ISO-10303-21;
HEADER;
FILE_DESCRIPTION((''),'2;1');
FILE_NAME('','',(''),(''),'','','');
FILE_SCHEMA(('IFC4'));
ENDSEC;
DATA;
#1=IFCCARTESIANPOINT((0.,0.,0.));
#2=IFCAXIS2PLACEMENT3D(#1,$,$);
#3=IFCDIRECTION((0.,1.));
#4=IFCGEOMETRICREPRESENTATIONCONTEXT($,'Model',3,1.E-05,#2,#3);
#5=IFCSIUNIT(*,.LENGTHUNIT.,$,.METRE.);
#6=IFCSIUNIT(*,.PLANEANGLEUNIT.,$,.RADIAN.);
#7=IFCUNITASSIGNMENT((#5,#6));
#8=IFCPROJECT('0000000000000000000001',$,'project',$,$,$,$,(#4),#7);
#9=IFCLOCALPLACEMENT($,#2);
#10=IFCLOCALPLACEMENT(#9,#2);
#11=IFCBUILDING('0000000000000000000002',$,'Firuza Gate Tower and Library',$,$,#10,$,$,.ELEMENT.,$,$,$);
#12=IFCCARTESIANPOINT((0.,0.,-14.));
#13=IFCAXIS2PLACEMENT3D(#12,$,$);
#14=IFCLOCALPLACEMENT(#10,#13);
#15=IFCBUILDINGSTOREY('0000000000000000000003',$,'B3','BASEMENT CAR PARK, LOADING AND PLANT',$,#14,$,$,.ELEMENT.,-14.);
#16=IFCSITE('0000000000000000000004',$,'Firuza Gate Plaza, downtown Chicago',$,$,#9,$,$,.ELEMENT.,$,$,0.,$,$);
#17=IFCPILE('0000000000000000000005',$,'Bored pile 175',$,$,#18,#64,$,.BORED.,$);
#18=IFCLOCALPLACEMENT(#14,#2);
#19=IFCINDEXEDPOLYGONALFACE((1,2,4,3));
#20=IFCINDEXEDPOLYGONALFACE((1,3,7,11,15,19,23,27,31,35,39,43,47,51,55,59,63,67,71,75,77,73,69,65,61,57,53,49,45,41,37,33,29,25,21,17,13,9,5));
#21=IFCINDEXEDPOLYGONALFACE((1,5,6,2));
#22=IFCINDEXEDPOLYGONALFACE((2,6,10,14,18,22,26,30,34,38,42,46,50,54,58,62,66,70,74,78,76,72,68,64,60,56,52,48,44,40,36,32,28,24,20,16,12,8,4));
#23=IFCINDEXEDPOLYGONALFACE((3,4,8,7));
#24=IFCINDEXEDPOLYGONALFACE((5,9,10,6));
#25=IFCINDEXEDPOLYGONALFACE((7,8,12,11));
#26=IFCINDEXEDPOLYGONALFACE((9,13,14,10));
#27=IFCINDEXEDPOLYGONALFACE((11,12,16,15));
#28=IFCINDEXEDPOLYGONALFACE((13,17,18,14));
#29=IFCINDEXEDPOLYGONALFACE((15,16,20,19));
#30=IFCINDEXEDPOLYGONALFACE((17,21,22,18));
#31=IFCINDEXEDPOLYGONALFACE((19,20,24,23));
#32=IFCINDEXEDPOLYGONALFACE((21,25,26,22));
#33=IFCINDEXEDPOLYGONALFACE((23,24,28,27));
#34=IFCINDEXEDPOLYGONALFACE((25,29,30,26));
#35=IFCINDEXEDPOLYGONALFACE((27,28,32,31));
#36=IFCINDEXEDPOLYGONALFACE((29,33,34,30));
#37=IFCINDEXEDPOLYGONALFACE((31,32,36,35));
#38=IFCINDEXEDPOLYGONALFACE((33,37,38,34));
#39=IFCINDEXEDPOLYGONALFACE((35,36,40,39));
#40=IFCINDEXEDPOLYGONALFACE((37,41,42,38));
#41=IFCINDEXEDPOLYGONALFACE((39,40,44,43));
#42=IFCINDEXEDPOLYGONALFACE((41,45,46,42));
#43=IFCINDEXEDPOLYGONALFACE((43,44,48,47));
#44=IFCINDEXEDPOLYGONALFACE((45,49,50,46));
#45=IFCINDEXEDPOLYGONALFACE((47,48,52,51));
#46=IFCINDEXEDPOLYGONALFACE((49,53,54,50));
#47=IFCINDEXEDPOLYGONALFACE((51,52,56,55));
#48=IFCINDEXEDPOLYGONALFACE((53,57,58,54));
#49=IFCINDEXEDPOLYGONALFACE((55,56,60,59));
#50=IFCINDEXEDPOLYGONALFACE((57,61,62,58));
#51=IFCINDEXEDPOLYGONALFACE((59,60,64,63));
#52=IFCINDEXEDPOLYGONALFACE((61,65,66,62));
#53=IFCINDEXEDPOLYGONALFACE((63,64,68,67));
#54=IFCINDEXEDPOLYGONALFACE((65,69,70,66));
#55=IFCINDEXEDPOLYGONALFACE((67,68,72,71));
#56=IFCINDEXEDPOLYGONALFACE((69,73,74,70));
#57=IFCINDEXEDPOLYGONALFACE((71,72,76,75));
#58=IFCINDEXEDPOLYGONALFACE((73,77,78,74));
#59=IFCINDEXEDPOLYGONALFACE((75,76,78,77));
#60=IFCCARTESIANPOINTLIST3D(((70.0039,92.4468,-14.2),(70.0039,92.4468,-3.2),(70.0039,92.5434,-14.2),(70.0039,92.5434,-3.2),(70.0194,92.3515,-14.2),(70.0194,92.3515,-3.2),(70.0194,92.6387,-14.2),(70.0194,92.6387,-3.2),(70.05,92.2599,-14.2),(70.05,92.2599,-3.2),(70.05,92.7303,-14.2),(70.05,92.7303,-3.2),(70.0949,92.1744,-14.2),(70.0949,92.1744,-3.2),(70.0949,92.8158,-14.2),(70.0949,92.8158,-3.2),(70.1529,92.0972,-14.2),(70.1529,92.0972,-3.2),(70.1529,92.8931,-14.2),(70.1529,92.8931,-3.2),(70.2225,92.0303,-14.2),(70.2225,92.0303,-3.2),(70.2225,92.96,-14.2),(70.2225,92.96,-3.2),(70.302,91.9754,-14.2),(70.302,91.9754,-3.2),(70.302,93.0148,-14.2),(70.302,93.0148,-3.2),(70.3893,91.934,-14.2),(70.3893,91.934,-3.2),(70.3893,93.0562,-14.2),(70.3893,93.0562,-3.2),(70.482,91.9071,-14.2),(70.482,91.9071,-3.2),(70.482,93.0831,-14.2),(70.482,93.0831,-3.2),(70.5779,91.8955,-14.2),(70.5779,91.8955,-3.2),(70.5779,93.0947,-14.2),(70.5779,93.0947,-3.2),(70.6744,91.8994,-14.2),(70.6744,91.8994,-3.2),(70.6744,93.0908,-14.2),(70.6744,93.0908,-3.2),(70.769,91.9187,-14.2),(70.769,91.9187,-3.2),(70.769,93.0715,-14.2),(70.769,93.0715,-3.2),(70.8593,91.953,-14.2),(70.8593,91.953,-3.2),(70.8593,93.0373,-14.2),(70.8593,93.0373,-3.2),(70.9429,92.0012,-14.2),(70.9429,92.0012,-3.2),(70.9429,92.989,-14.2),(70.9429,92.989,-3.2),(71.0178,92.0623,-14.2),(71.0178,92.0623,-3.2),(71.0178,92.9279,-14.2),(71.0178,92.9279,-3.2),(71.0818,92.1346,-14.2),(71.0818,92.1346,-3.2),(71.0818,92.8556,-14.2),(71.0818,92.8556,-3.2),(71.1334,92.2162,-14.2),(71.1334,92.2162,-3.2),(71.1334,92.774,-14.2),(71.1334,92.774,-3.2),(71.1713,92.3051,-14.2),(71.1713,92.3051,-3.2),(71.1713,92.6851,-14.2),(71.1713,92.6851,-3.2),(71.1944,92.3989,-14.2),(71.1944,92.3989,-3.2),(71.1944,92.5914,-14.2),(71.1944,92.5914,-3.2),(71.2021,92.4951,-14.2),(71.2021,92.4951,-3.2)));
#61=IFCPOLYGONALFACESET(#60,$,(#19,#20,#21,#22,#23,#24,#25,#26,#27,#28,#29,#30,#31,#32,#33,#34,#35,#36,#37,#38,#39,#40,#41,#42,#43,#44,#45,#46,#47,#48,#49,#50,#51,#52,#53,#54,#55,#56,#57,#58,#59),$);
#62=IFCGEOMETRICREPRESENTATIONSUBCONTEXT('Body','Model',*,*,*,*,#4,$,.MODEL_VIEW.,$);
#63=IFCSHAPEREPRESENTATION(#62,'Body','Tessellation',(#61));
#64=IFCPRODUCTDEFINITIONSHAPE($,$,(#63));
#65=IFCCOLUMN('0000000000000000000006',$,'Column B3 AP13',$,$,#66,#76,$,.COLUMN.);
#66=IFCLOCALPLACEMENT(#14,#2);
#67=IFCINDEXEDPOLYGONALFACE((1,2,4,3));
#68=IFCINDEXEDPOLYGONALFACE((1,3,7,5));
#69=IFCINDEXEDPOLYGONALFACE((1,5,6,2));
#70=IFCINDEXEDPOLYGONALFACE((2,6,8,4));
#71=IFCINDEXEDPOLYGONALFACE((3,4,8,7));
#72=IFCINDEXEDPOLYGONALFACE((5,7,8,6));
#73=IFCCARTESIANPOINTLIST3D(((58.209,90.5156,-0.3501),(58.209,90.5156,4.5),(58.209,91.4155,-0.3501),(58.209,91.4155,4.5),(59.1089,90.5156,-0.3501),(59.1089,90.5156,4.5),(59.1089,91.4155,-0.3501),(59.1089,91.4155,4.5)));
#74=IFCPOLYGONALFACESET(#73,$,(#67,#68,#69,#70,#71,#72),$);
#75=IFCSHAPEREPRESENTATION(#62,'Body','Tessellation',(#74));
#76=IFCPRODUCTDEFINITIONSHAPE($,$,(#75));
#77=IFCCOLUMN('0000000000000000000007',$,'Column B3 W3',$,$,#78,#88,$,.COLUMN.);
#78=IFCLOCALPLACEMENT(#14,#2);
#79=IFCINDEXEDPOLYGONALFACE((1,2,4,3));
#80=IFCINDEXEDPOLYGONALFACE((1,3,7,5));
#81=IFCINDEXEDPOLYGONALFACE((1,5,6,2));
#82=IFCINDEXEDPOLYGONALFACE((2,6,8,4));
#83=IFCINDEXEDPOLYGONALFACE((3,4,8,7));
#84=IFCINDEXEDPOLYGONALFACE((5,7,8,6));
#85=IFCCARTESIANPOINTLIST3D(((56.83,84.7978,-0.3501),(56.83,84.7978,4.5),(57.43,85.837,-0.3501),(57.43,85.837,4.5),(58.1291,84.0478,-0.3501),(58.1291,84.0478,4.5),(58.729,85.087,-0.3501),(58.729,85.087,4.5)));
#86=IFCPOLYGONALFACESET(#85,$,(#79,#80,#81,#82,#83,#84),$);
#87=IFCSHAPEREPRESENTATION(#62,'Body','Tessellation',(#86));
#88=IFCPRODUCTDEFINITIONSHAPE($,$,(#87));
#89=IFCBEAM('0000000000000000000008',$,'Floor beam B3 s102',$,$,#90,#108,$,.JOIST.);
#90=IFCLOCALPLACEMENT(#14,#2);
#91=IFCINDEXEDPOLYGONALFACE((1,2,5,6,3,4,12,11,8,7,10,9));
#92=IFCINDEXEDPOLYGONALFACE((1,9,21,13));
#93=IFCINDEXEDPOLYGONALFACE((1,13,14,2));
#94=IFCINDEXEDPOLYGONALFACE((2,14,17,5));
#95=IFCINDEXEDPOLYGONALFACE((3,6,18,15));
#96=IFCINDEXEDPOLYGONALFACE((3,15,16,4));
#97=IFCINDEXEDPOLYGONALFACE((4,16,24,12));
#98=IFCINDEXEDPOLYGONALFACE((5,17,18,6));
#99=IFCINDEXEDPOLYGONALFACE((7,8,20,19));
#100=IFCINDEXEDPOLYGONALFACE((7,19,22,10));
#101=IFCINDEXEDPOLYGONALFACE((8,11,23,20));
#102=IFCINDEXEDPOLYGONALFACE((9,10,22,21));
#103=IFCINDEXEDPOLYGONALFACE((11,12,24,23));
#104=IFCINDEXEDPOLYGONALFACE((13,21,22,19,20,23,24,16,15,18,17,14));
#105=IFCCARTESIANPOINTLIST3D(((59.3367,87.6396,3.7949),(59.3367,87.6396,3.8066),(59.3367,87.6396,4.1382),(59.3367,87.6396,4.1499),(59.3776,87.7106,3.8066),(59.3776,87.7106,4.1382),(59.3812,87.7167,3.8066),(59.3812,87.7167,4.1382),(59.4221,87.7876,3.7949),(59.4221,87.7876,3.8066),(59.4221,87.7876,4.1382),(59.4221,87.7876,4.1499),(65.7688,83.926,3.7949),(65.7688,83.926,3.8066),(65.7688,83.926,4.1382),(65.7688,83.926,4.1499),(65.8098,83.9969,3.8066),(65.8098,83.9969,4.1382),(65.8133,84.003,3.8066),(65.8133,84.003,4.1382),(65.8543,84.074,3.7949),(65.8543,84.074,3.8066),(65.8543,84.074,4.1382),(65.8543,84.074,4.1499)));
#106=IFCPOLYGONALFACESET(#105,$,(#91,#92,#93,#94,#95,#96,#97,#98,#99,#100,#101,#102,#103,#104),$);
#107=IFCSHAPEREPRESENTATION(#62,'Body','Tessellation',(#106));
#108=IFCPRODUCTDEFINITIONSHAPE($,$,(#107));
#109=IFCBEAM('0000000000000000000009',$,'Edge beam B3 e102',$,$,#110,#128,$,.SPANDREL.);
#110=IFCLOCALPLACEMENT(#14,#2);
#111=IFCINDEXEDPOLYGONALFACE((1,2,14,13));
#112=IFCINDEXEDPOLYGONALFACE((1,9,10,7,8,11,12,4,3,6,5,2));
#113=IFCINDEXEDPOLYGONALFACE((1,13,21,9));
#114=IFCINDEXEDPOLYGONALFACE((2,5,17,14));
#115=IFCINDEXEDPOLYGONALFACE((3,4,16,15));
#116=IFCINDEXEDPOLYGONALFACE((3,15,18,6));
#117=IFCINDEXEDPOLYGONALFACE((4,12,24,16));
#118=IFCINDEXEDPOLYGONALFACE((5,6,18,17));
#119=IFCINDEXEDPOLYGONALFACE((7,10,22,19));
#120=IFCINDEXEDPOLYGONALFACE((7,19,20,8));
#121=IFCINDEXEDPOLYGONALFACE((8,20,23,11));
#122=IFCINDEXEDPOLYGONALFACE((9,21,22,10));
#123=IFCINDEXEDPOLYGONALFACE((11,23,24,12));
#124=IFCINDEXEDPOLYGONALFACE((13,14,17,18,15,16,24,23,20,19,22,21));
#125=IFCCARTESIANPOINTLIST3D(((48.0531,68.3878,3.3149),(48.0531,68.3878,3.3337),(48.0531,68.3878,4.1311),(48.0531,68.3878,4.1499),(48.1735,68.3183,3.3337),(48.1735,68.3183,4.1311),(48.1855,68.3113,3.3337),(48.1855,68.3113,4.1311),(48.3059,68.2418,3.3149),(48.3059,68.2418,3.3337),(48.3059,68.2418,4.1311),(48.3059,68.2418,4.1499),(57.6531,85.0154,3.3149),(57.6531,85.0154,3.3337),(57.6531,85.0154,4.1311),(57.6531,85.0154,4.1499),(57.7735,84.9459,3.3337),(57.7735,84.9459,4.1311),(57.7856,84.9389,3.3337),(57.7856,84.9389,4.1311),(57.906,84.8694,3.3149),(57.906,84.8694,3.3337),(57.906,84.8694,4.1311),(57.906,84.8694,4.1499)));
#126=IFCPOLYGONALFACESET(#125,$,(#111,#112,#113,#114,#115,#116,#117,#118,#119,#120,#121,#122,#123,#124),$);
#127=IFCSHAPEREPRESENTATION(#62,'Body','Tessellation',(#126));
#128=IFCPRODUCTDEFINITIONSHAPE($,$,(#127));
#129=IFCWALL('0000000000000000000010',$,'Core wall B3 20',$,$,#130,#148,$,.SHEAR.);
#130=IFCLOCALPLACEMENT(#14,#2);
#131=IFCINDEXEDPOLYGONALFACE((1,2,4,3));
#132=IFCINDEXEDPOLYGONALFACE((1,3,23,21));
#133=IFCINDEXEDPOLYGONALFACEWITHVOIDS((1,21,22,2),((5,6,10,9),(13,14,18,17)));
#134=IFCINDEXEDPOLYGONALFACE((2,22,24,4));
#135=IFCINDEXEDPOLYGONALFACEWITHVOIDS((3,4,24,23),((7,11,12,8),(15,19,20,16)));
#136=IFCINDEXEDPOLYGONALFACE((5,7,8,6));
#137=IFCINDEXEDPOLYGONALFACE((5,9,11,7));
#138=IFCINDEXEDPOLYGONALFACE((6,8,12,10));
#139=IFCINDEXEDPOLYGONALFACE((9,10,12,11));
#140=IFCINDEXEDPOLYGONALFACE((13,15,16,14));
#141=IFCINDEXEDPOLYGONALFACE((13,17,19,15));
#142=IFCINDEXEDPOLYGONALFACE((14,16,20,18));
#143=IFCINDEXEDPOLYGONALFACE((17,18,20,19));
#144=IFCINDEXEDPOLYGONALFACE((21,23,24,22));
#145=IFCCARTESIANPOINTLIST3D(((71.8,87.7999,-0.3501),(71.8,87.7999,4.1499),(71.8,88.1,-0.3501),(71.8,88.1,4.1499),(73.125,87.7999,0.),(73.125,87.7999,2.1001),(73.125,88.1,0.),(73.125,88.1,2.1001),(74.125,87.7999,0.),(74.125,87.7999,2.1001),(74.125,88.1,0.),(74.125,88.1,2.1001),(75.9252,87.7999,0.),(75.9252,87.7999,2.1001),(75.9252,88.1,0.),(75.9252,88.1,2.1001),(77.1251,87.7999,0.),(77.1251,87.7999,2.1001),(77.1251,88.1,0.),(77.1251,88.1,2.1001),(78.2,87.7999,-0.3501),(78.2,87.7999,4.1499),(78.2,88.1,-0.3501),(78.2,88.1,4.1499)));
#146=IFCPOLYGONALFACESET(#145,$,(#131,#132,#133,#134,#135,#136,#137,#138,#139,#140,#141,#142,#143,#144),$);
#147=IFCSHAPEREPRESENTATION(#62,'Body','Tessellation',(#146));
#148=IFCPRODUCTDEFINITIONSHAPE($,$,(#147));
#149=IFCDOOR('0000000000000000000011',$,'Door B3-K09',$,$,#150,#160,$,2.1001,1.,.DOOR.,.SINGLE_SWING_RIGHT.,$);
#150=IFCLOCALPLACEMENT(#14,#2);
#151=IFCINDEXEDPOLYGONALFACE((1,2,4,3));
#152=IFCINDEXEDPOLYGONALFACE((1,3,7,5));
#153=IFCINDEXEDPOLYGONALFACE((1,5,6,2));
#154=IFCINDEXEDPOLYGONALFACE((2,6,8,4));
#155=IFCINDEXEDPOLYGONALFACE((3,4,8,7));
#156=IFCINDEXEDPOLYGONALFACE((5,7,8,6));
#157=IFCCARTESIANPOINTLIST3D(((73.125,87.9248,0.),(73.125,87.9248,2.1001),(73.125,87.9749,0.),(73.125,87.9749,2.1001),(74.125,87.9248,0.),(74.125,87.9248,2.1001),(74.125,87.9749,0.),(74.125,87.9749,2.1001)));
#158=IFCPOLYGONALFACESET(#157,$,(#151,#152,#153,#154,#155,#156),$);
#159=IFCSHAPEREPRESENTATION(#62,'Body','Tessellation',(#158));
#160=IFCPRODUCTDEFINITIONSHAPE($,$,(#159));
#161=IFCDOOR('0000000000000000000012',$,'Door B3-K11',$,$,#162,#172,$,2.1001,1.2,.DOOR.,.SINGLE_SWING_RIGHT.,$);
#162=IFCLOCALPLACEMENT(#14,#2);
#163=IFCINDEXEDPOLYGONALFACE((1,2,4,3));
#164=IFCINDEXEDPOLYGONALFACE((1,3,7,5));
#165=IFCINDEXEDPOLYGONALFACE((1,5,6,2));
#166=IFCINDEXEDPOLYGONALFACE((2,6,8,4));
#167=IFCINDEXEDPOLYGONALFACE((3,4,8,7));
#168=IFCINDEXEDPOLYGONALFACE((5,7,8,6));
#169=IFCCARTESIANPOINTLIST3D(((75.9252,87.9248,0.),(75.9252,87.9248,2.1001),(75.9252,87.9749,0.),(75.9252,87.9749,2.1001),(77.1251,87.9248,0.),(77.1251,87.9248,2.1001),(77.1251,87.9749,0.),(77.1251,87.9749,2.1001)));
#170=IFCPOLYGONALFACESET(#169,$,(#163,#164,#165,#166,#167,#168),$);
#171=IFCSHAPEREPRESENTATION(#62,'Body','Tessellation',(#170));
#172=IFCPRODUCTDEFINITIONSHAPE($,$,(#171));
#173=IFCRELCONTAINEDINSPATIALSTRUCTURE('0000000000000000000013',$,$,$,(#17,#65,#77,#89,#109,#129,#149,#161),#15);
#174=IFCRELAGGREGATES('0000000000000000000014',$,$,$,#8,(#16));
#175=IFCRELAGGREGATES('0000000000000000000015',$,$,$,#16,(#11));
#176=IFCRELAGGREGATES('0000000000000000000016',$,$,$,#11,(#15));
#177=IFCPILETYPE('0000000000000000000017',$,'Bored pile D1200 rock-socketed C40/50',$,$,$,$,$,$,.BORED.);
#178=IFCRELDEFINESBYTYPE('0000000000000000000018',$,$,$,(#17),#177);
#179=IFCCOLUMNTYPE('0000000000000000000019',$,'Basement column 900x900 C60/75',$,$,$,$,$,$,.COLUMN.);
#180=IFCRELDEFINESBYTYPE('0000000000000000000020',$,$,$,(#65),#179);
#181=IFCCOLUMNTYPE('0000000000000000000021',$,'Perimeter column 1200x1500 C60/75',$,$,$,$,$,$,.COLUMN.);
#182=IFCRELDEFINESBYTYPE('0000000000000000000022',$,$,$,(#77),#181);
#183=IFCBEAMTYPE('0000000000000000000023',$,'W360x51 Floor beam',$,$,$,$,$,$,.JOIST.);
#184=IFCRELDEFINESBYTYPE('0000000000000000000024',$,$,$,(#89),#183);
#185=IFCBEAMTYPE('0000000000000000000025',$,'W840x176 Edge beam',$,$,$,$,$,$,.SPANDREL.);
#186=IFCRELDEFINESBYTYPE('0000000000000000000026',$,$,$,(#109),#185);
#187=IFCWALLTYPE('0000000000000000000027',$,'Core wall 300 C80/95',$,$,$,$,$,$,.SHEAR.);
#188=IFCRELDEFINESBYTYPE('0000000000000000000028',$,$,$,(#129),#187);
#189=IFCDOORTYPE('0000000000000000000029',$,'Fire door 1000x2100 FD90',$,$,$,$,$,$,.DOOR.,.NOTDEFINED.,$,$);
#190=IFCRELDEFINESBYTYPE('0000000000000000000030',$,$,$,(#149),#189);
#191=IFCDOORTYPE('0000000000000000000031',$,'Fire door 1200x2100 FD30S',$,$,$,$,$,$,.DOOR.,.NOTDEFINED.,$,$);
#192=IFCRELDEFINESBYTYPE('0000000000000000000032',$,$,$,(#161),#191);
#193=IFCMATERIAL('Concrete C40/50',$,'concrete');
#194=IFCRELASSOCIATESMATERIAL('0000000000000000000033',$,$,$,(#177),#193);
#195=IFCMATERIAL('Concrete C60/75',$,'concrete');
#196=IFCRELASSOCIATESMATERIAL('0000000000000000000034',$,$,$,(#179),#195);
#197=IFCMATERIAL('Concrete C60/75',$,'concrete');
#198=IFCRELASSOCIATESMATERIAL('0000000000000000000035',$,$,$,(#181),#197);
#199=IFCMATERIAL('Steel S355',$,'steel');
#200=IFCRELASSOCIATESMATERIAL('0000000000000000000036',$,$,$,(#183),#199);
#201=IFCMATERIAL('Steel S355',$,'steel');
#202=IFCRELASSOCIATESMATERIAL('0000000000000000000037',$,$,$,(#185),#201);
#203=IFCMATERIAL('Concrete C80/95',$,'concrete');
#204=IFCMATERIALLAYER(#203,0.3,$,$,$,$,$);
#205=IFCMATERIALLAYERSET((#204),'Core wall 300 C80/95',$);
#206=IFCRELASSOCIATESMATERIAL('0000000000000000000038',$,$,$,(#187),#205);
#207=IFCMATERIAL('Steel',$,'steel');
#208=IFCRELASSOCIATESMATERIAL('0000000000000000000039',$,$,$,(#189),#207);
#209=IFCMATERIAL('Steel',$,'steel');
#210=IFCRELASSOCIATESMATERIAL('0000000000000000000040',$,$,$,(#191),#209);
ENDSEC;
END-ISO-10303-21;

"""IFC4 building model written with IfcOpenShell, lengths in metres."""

from ifc_helpers import new_model, si_unit, direction, frame, frame_2d, origin, origin_2d, place, context, subcontext, project, spatial, rectangle, circle, i_section, extrude, material, layer, layer_set, material_profile, profile_set, type_object, element, fill, save


model = new_model("IFC4")

# Units and contexts
model_context = context("Model", 3, precision=1e-05, world=origin(), true_north=direction((0.0, 1.0)))
body_context = subcontext(model_context, "Body", "Model", "MODEL_VIEW")
ifc_project = project(units=[si_unit("LENGTHUNIT", "METRE"), si_unit("PLANEANGLEUNIT", "RADIAN")], contexts=[model_context])

# Site, building, storey
site_placement = place(None, origin())
site = spatial("IfcSite", under=ifc_project, at=site_placement, Name="Firuza Gate Plaza, downtown Chicago", CompositionType="ELEMENT", RefElevation=0.0)
building_placement = place(site_placement, origin())
building = spatial("IfcBuilding", under=site, at=building_placement, Name="Firuza Gate Tower and Library", CompositionType="ELEMENT")
storey_placement = place(building_placement, frame((0.0, 0.0, -14.0)))
storey = spatial("IfcBuildingStorey", under=building, at=storey_placement, Name="B3", Description="BASEMENT CAR PARK, LOADING AND PLANT", CompositionType="ELEMENT", Elevation=-14.0)

# Pile
ifc_material_1 = material(Name="Concrete C40/50", Category="concrete")
ifc_material_profile_1 = material_profile(ifc_material_1, circle(Radius=0.6001, at=origin_2d()))
ifc_profile_set_1 = profile_set([ifc_material_profile_1], Name="Concrete C40/50")
pile_type = type_object("IfcPileType", Name="Bored pile D1200 rock-socketed C40/50", PredefinedType="BORED", material=ifc_profile_set_1)
for number, where, z_axis, x_axis, name in (
    (1, (70.6021, 92.4951, -3.2), (0.0, 0.0, -1.0), (1.0, 0.0, 0.0), "Bored pile 175"),
):
    element("IfcPile", number, at=place(storey_placement, frame(where, z_axis=z_axis, x_axis=x_axis)), inside=storey, type_object=pile_type, Name=name, PredefinedType="BORED", context=body_context, shape_type="SweptSolid", body=[
        extrude(circle(Radius=0.6001, at=origin_2d()), origin(), (0.0, 0.0, 1.0), 11.0),
    ])

# Columns
ifc_material_2 = material(Name="Concrete C60/75", Category="concrete")
ifc_material_profile_2 = material_profile(ifc_material_2, rectangle(XDim=0.8999, YDim=0.8999, at=origin_2d()))
ifc_profile_set_2 = profile_set([ifc_material_profile_2], Name="Concrete C60/75")
column_type_1 = type_object("IfcColumnType", Name="Basement column 900x900 C60/75", PredefinedType="COLUMN", material=ifc_profile_set_2)
column_1_placement = place(storey_placement, frame((58.6589, 90.9656, -0.3501), z_axis=(0.0, 0.0, 1.0), x_axis=(1.0, 0.0, 0.0)))
element("IfcColumn", 2, at=column_1_placement, inside=storey, type_object=column_type_1, Name="Column B3 AP13", PredefinedType="COLUMN", context=body_context, shape_type="SweptSolid", body=[
    extrude(rectangle(XDim=0.8999, YDim=0.8999, at=origin_2d()), origin(), (0.0, 0.0, 1.0), 4.8501),
])
ifc_material_3 = material(Name="Concrete C60/75", Category="concrete")
ifc_material_profile_3 = material_profile(ifc_material_3, rectangle(XDim=1.2, YDim=1.5, at=origin_2d()))
ifc_profile_set_3 = profile_set([ifc_material_profile_3], Name="Concrete C60/75")
column_type_2 = type_object("IfcColumnType", Name="Perimeter column 1200x1500 C60/75", PredefinedType="COLUMN", material=ifc_profile_set_3)
column_2_placement = place(storey_placement, frame((57.7795, 84.9424, -0.3501), z_axis=(0.0, 0.0, 1.0), x_axis=(-0.5, -0.866025, 0.0)))
element("IfcColumn", 3, at=column_2_placement, inside=storey, type_object=column_type_2, Name="Column B3 W3", PredefinedType="COLUMN", context=body_context, shape_type="SweptSolid", body=[
    extrude(rectangle(XDim=1.2, YDim=1.5, at=origin_2d()), origin(), (0.0, 0.0, 1.0), 4.8501),
])

# Beams
ifc_material_4 = material(Name="Steel S355", Category="steel")
ifc_material_profile_4 = material_profile(ifc_material_4, i_section(OverallWidth=0.1709, OverallDepth=0.355, WebThickness=0.0071, FlangeThickness=0.0117, at=origin_2d()))
ifc_profile_set_4 = profile_set([ifc_material_profile_4], Name="Steel S355")
beam_type_1 = type_object("IfcBeamType", Name="W360x51 Floor beam", PredefinedType="JOIST", material=ifc_profile_set_4)
beam_1_placement = place(storey_placement, frame((59.3794, 87.7136, 3.9724), z_axis=(0.866024, -0.500003, 0.0), x_axis=(0.500003, 0.866024, 0.0)))
element("IfcBeam", 4, at=beam_1_placement, inside=storey, type_object=beam_type_1, Name="Floor beam B3 s102", PredefinedType="JOIST", context=body_context, shape_type="SweptSolid", body=[
    extrude(i_section(OverallWidth=0.1709, OverallDepth=0.355, WebThickness=0.0071, FlangeThickness=0.0117, at=origin_2d()), origin(), (0.0, 0.0, 1.0), 7.4272),
])
ifc_material_5 = material(Name="Steel S355", Category="steel")
ifc_material_profile_5 = material_profile(ifc_material_5, i_section(OverallWidth=0.292, OverallDepth=0.835, WebThickness=0.0139, FlangeThickness=0.0188, at=origin_2d()))
ifc_profile_set_5 = profile_set([ifc_material_profile_5], Name="Steel S355")
beam_type_2 = type_object("IfcBeamType", Name="W840x176 Edge beam", PredefinedType="SPANDREL", material=ifc_profile_set_5)
beam_2_placement = place(storey_placement, frame((57.7795, 84.9424, 3.7324), z_axis=(-0.500004, -0.866023, 0.0), x_axis=(0.866023, -0.500004, 0.0)))
element("IfcBeam", 5, at=beam_2_placement, inside=storey, type_object=beam_type_2, Name="Edge beam B3 e102", PredefinedType="SPANDREL", context=body_context, shape_type="SweptSolid", body=[
    extrude(i_section(OverallWidth=0.292, OverallDepth=0.835, WebThickness=0.0139, FlangeThickness=0.0188, at=origin_2d()), origin(), (0.0, 0.0, 1.0), 19.2),
])

# Wall, openings, doors
ifc_material_6 = material(Name="Concrete C80/95", Category="concrete")
ifc_layer_1 = layer(ifc_material_6, 0.3)
ifc_layer_set_1 = layer_set([ifc_layer_1], Name="Core wall 300 C80/95")
wall_type_1 = type_object("IfcWallType", Name="Core wall 300 C80/95", PredefinedType="SHEAR", material=ifc_layer_set_1)
wall_1_placement = place(storey_placement, frame((71.8, 87.95, -0.3501), z_axis=(0.0, 0.0, 1.0), x_axis=(1.0, 0.0, 0.0)))
wall_1 = element("IfcWall", 6, at=wall_1_placement, inside=storey, type_object=wall_type_1, Name="Core wall B3 20", PredefinedType="SHEAR", context=body_context, shape_type="SweptSolid", body=[
    extrude(rectangle(XDim=6.3999, YDim=0.3, at=frame_2d((3.2, 0.0))), origin(), (0.0, 0.0, 1.0), 4.5),
])
opening_1_placement = place(wall_1_placement, frame((1.325, 0.0, 0.3501)))
opening_1 = element("IfcOpeningElement", 7, at=opening_1_placement, cuts=wall_1, PredefinedType="OPENING", context=body_context, shape_type="SweptSolid", body=[
    extrude(rectangle(XDim=1.0, YDim=2.1001, at=frame_2d((0.5, 1.05))), frame((0.0, 0.1602, 0.0), z_axis=(0.0, -1.0, 0.0), x_axis=(1.0, 0.0, 0.0)), (0.0, 0.0, 1.0), 0.3201),
])
opening_2_placement = place(wall_1_placement, frame((4.125, 0.0, 0.3501)))
opening_2 = element("IfcOpeningElement", 8, at=opening_2_placement, cuts=wall_1, PredefinedType="OPENING", context=body_context, shape_type="SweptSolid", body=[
    extrude(rectangle(XDim=1.2, YDim=2.1001, at=frame_2d((0.6001, 1.05))), frame((0.0, 0.1602, 0.0), z_axis=(0.0, -1.0, 0.0), x_axis=(1.0, 0.0, 0.0)), (0.0, 0.0, 1.0), 0.3201),
])
ifc_material_7 = material(Name="Steel", Category="steel")
door_type_1 = type_object("IfcDoorType", Name="Fire door 1000x2100 FD90", OperationType="NOTDEFINED", PredefinedType="DOOR", material=ifc_material_7)
door_1_placement = place(opening_1_placement, origin())
door_1 = element("IfcDoor", 9, at=door_1_placement, inside=storey, type_object=door_type_1, Name="Door B3-K09", OperationType="SINGLE_SWING_RIGHT", OverallHeight=2.1001, OverallWidth=1.0, PredefinedType="DOOR", context=body_context, shape_type="SweptSolid", body=[
    extrude(rectangle(XDim=1.0, YDim=2.1001, at=frame_2d((0.5, 1.05))), frame((0.0, 0.0249, 0.0), z_axis=(0.0, -1.0, 0.0), x_axis=(1.0, 0.0, 0.0)), (0.0, 0.0, 1.0), 0.05),
])
fill(opening_1, door_1)
ifc_material_8 = material(Name="Steel", Category="steel")
door_type_2 = type_object("IfcDoorType", Name="Fire door 1200x2100 FD30S", OperationType="NOTDEFINED", PredefinedType="DOOR", material=ifc_material_8)
door_2_placement = place(opening_2_placement, origin())
door_2 = element("IfcDoor", 10, at=door_2_placement, inside=storey, type_object=door_type_2, Name="Door B3-K11", OperationType="SINGLE_SWING_RIGHT", OverallHeight=2.1001, OverallWidth=1.2, PredefinedType="DOOR", context=body_context, shape_type="SweptSolid", body=[
    extrude(rectangle(XDim=1.2, YDim=2.1001, at=frame_2d((0.6001, 1.05))), frame((0.0, 0.0249, 0.0), z_axis=(0.0, -1.0, 0.0), x_axis=(1.0, 0.0, 0.0)), (0.0, 0.0, 1.0), 0.05),
])
fill(opening_2, door_2)

save(model, "model.ifc")
